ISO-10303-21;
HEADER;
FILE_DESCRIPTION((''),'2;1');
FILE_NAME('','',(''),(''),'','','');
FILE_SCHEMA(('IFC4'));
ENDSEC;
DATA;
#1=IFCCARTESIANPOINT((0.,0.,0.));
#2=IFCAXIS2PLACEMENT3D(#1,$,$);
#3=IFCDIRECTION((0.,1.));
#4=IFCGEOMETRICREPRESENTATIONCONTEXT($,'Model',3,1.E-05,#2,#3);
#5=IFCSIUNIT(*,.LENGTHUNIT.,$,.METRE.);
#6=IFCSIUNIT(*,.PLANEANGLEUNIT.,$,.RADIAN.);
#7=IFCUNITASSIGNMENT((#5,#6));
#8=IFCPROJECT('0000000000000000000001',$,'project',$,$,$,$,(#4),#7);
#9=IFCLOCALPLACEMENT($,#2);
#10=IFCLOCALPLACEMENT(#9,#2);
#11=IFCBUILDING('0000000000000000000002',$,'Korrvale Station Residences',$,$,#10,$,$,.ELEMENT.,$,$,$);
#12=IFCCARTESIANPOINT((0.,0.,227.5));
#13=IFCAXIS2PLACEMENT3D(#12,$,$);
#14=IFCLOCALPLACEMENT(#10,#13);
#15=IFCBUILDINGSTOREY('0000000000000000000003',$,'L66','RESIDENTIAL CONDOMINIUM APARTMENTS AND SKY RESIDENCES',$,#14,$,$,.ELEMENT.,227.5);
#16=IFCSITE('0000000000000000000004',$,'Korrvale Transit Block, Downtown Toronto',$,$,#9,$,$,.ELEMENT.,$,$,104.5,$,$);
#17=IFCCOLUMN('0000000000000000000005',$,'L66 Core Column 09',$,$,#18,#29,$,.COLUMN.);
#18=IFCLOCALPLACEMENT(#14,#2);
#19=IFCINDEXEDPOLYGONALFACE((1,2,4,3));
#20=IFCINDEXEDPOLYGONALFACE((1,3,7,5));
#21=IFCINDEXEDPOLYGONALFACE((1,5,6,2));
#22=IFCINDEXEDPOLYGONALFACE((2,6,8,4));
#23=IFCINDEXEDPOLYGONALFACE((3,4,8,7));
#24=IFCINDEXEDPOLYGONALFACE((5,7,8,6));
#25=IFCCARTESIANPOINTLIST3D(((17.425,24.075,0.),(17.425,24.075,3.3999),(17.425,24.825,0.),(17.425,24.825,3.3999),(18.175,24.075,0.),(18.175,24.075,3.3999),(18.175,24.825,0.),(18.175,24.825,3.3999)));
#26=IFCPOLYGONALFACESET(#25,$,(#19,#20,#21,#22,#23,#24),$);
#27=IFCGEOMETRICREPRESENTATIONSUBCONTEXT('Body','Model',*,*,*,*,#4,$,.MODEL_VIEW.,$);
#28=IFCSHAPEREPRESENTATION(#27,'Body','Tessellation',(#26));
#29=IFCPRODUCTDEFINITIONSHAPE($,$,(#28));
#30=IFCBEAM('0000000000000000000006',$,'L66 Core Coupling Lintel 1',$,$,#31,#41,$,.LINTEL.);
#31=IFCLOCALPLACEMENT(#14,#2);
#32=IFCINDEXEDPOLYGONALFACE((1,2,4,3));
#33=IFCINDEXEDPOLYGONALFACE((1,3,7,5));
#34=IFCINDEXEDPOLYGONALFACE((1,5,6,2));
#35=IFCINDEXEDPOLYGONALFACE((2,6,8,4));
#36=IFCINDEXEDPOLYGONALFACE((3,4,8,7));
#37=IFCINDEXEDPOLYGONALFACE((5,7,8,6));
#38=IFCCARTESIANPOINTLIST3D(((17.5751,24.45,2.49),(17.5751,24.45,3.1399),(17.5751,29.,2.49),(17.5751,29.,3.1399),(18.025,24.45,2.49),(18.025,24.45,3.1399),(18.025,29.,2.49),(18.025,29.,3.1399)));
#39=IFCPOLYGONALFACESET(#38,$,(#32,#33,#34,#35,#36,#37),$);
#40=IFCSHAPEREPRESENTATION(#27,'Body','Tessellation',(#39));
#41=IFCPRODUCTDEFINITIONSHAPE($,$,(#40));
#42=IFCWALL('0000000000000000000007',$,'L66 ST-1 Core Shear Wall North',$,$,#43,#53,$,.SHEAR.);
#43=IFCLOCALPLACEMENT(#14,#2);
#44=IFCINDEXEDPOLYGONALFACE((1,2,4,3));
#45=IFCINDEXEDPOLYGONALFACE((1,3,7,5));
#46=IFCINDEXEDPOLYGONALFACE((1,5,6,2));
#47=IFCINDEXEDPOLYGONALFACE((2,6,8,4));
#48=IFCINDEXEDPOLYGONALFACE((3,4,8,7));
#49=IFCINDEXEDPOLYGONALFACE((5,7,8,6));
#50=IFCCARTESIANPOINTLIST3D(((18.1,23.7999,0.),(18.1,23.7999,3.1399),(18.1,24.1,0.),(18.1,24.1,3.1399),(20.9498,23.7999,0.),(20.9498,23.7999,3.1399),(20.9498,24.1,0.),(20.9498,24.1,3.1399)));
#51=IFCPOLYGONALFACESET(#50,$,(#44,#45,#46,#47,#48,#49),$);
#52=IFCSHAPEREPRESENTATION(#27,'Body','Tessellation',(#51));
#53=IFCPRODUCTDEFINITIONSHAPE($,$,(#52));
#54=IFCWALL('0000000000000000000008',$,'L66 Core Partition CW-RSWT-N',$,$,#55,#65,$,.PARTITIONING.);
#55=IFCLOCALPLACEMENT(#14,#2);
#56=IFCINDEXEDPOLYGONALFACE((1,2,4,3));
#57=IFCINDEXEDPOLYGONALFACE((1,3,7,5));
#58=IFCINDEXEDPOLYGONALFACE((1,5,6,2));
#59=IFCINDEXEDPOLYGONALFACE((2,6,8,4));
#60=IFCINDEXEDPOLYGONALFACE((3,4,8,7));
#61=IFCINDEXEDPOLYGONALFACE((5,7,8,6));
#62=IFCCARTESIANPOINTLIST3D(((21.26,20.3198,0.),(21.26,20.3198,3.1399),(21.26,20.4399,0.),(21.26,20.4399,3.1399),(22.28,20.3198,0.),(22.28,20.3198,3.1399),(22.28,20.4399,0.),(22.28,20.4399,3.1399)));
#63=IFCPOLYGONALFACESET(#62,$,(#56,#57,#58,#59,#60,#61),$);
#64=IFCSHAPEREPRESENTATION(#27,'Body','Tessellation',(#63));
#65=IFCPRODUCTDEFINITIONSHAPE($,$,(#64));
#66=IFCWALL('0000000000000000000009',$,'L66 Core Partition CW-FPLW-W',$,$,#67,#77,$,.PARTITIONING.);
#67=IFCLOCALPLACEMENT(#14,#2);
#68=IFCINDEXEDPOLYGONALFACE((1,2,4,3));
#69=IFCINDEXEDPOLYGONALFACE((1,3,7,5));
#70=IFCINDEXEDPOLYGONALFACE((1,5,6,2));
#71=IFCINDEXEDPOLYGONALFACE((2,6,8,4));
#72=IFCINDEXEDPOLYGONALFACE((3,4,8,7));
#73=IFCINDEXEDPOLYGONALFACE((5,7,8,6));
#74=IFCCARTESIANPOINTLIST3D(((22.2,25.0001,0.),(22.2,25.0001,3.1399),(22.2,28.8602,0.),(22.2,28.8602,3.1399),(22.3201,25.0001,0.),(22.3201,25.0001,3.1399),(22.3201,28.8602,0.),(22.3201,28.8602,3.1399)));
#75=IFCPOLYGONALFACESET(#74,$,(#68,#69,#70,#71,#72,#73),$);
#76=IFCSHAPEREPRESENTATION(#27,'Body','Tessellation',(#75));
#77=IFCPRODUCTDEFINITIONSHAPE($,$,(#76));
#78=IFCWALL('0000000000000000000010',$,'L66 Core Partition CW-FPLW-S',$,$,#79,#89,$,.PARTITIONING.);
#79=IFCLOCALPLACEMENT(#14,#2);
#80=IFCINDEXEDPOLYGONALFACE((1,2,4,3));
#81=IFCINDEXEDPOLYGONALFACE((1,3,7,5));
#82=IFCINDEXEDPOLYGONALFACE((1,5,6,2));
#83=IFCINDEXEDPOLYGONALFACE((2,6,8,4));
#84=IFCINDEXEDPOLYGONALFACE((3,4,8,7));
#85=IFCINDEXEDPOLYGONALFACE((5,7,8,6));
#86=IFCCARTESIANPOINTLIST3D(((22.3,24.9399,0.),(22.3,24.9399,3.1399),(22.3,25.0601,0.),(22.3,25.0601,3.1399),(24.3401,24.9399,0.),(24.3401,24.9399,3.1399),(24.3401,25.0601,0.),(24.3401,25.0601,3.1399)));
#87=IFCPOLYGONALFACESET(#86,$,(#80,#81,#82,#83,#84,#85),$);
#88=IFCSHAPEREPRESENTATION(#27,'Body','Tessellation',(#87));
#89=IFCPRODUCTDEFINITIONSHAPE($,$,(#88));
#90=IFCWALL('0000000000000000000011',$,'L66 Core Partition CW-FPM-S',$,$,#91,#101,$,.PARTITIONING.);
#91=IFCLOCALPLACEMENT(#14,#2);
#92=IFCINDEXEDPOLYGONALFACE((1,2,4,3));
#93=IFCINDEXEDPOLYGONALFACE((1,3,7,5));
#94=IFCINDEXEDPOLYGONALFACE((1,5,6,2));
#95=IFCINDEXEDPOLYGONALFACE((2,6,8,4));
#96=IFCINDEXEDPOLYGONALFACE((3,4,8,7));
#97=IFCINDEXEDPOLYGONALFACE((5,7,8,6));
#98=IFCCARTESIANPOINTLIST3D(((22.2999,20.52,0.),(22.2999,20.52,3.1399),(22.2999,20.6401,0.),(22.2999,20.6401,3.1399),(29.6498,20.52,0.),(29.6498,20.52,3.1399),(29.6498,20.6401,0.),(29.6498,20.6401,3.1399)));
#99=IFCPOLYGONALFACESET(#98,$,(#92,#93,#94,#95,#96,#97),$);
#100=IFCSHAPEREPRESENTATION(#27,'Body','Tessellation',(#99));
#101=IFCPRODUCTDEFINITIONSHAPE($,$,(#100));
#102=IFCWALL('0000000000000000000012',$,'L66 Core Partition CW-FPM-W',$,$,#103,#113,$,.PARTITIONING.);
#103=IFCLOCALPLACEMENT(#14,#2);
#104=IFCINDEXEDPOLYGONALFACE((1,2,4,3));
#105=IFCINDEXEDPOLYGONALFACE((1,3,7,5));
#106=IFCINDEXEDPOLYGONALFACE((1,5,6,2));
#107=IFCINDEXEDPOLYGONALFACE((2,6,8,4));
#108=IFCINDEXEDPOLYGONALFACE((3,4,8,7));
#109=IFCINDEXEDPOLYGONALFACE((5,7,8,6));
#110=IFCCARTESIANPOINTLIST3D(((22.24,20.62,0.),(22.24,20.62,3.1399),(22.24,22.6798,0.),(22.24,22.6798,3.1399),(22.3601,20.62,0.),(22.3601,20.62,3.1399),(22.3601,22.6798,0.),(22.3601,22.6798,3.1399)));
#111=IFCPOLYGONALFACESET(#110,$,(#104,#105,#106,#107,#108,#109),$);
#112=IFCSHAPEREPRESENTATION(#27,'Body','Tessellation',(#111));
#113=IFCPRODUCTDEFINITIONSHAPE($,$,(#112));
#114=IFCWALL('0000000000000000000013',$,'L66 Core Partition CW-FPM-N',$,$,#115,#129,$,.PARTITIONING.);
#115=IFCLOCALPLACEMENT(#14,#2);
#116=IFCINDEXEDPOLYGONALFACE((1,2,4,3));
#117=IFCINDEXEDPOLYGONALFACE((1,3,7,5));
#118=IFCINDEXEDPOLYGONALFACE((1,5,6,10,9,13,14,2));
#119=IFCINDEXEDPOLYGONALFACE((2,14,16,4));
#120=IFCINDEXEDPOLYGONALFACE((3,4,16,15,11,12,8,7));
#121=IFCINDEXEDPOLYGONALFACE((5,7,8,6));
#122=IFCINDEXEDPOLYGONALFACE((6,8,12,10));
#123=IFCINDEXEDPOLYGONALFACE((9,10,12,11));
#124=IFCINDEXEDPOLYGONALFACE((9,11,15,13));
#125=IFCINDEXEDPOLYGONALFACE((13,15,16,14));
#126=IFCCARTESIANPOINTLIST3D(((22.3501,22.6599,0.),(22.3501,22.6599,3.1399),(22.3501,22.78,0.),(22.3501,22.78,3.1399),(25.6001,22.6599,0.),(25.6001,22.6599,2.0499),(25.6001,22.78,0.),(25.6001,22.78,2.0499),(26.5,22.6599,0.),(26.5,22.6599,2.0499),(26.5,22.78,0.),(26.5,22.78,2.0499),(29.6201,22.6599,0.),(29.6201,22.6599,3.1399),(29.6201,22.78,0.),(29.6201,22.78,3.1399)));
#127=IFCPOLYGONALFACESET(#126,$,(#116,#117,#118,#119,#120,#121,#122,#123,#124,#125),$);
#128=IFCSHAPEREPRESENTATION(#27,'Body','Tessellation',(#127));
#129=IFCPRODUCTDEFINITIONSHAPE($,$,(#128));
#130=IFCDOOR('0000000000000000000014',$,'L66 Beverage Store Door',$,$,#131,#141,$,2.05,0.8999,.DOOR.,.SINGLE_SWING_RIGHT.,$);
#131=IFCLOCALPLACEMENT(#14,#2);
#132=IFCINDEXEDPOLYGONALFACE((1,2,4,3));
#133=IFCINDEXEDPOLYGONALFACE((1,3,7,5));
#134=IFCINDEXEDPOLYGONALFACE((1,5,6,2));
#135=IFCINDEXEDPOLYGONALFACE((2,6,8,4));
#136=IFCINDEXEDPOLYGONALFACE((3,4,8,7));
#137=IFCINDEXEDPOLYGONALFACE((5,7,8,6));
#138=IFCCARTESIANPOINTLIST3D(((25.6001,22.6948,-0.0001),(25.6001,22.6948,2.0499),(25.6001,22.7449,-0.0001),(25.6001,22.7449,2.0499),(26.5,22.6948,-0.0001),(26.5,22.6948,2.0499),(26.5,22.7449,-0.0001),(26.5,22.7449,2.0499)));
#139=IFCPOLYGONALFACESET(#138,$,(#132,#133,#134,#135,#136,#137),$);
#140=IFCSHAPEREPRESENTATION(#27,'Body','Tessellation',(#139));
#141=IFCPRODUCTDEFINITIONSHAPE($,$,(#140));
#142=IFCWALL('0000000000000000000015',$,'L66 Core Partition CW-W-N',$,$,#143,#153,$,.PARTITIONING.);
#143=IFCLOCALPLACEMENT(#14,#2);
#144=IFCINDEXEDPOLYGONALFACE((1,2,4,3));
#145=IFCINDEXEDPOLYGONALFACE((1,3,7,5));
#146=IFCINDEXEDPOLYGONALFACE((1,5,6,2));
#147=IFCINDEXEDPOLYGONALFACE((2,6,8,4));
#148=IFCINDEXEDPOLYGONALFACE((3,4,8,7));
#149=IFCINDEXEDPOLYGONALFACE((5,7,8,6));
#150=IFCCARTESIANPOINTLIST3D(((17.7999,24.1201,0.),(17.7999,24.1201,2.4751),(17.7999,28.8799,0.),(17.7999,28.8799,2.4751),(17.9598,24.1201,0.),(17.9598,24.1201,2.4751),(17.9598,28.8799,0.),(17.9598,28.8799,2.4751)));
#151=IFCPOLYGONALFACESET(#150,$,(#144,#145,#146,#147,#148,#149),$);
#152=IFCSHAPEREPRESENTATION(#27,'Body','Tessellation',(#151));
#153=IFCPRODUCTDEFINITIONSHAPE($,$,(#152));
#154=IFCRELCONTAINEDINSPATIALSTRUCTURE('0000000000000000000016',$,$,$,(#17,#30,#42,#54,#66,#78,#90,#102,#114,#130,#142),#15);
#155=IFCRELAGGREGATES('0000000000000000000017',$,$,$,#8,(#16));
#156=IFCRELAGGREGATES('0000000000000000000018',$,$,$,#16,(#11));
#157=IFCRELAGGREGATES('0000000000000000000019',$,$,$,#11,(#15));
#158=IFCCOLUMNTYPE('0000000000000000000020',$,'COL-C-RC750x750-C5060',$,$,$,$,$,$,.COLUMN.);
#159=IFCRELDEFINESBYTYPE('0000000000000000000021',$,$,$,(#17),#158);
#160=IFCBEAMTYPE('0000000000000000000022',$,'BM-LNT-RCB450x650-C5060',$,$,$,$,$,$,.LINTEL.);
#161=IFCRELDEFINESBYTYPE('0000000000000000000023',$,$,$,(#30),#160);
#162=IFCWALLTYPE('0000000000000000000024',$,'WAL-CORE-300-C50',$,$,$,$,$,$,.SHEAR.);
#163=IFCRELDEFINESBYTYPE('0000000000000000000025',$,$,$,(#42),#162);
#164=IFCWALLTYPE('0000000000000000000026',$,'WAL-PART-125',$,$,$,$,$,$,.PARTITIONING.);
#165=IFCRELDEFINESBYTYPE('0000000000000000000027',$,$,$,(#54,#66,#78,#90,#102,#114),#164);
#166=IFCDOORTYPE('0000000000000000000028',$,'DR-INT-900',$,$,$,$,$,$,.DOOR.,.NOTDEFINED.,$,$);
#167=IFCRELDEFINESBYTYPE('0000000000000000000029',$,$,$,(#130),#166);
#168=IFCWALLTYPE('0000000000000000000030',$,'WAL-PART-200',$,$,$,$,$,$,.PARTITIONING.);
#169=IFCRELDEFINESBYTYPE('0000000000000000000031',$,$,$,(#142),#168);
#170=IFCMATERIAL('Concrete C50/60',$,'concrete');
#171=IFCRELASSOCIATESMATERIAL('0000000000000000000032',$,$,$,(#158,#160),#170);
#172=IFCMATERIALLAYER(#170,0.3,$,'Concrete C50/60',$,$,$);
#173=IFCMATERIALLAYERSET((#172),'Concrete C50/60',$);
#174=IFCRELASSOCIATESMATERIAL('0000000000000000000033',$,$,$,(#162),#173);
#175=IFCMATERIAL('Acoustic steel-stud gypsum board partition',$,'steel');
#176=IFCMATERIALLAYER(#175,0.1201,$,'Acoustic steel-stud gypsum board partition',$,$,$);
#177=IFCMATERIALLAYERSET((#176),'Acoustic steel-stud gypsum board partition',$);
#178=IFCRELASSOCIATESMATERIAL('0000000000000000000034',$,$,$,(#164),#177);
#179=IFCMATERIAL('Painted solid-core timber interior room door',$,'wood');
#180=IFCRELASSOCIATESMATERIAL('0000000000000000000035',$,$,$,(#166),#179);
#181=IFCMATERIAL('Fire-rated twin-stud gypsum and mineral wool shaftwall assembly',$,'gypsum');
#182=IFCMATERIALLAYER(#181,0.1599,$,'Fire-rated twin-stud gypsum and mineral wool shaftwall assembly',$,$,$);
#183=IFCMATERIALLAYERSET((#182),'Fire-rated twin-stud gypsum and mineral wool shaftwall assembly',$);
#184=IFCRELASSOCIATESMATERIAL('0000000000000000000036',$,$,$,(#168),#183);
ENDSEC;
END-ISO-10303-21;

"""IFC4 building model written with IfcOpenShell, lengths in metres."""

from ifc_helpers import new_model, si_unit, direction, frame, frame_2d, origin, origin_2d, place, context, subcontext, project, spatial, rectangle, extrude, material, layer, layer_set, material_profile, profile_set, type_object, element, fill, save


model = new_model("IFC4")

# Units and contexts
model_context = context("Model", 3, precision=1e-05, world=origin(), true_north=direction((0.0, 1.0)))
body_context = subcontext(model_context, "Body", "Model", "MODEL_VIEW")
ifc_project = project(units=[si_unit("LENGTHUNIT", "METRE"), si_unit("PLANEANGLEUNIT", "RADIAN")], contexts=[model_context])

# Site, building, storey
site_placement = place(None, origin())
site = spatial("IfcSite", under=ifc_project, at=site_placement, Name="Korrvale Transit Block, Downtown Toronto", CompositionType="ELEMENT", RefElevation=104.5)
building_placement = place(site_placement, origin())
building = spatial("IfcBuilding", under=site, at=building_placement, Name="Korrvale Station Residences", CompositionType="ELEMENT")
storey_placement = place(building_placement, frame((0.0, 0.0, 227.5)))
storey = spatial("IfcBuildingStorey", under=building, at=storey_placement, Name="L66", Description="RESIDENTIAL CONDOMINIUM APARTMENTS AND SKY RESIDENCES", CompositionType="ELEMENT", Elevation=227.5)

# Column
ifc_material_1 = material(Name="Concrete C50/60", Category="concrete")
ifc_material_profile_1 = material_profile(ifc_material_1, rectangle(XDim=0.75, YDim=0.75, at=origin_2d()), Name="RC750x750")
ifc_profile_set_1 = profile_set([ifc_material_profile_1], Name="Concrete C50/60")
column_type = type_object("IfcColumnType", Name="COL-C-RC750x750-C5060", PredefinedType="COLUMN", material=ifc_profile_set_1)
column_placement = place(storey_placement, frame((17.8, 24.45, 0.0), z_axis=(0.0, 0.0, 1.0), x_axis=(1.0, 0.0, 0.0)))
element("IfcColumn", 1, at=column_placement, inside=storey, type_object=column_type, Name="L66 Core Column 09", PredefinedType="COLUMN", context=body_context, shape_type="SweptSolid", body=[
    extrude(rectangle(XDim=0.75, YDim=0.75, at=origin_2d()), origin(), (0.0, 0.0, 1.0), 3.3999),
])

# Beam
ifc_material_profile_2 = material_profile(ifc_material_1, rectangle(XDim=0.45, YDim=0.6499, at=origin_2d()), Name="RCB450x650")
ifc_profile_set_2 = profile_set([ifc_material_profile_2], Name="Concrete C50/60")
beam_type = type_object("IfcBeamType", Name="BM-LNT-RCB450x650-C5060", PredefinedType="LINTEL", material=ifc_profile_set_2)
beam_placement = place(storey_placement, frame((17.8, 24.45, 2.8149), z_axis=(0.0, 1.0, 0.0), x_axis=(-1.0, 0.0, 0.0)))
element("IfcBeam", 2, at=beam_placement, inside=storey, type_object=beam_type, Name="L66 Core Coupling Lintel 1", PredefinedType="LINTEL", context=body_context, shape_type="SweptSolid", body=[
    extrude(rectangle(XDim=0.45, YDim=0.6499, at=origin_2d()), origin(), (0.0, 0.0, 1.0), 4.55),
])

# Walls
ifc_layer_1 = layer(ifc_material_1, 0.3, Name="Concrete C50/60")
ifc_layer_set_1 = layer_set([ifc_layer_1], Name="Concrete C50/60")
wall_type_1 = type_object("IfcWallType", Name="WAL-CORE-300-C50", PredefinedType="SHEAR", material=ifc_layer_set_1)
wall_1_placement = place(storey_placement, frame((18.1001, 23.95, 0.0), z_axis=(0.0, 0.0, 1.0), x_axis=(1.0, 0.0, 0.0)))
element("IfcWall", 3, at=wall_1_placement, inside=storey, type_object=wall_type_1, Name="L66 ST-1 Core Shear Wall North", PredefinedType="SHEAR", context=body_context, shape_type="SweptSolid", body=[
    extrude(rectangle(XDim=2.8499, YDim=0.3, at=frame_2d((1.4248, 0.0))), origin(), (0.0, 0.0, 1.0), 3.1399),
])
ifc_material_2 = material(Name="Acoustic steel-stud gypsum board partition", Category="steel")
ifc_layer_2 = layer(ifc_material_2, 0.1201, Name="Acoustic steel-stud gypsum board partition")
ifc_layer_set_2 = layer_set([ifc_layer_2], Name="Acoustic steel-stud gypsum board partition")
wall_type_2 = type_object("IfcWallType", Name="WAL-PART-125", PredefinedType="PARTITIONING", material=ifc_layer_set_2)
wall_2_placement = place(storey_placement, frame((22.28, 20.3799, 0.0), z_axis=(0.0, 0.0, 1.0), x_axis=(-1.0, 0.0, 0.0)))
element("IfcWall", 4, at=wall_2_placement, inside=storey, type_object=wall_type_2, Name="L66 Core Partition CW-RSWT-N", PredefinedType="PARTITIONING", context=body_context, shape_type="SweptSolid", body=[
    extrude(rectangle(XDim=1.02, YDim=0.1201, at=frame_2d((0.51, 0.0))), origin(), (0.0, 0.0, 1.0), 3.1399),
])
wall_3_placement = place(storey_placement, frame((22.26, 25.0, 0.0), z_axis=(0.0, 0.0, 1.0), x_axis=(0.0, 1.0, 0.0)))
element("IfcWall", 5, at=wall_3_placement, inside=storey, type_object=wall_type_2, Name="L66 Core Partition CW-FPLW-W", PredefinedType="PARTITIONING", context=body_context, shape_type="SweptSolid", body=[
    extrude(rectangle(XDim=3.8601, YDim=0.1201, at=frame_2d((1.9302, 0.0))), origin(), (0.0, 0.0, 1.0), 3.1399),
])
wall_4_placement = place(storey_placement, frame((22.3, 25.0, 0.0), z_axis=(0.0, 0.0, 1.0), x_axis=(1.0, 0.0, 0.0)))
element("IfcWall", 6, at=wall_4_placement, inside=storey, type_object=wall_type_2, Name="L66 Core Partition CW-FPLW-S", PredefinedType="PARTITIONING", context=body_context, shape_type="SweptSolid", body=[
    extrude(rectangle(XDim=2.04, YDim=0.1201, at=frame_2d((1.02, 0.0))), origin(), (0.0, 0.0, 1.0), 3.1399),
])
wall_5_placement = place(storey_placement, frame((22.3, 20.5801, 0.0), z_axis=(0.0, 0.0, 1.0), x_axis=(1.0, 0.0, 0.0)))
element("IfcWall", 7, at=wall_5_placement, inside=storey, type_object=wall_type_2, Name="L66 Core Partition CW-FPM-S", PredefinedType="PARTITIONING", context=body_context, shape_type="SweptSolid", body=[
    extrude(rectangle(XDim=7.3499, YDim=0.1201, at=frame_2d((3.6748, 0.0))), origin(), (0.0, 0.0, 1.0), 3.1399),
])
wall_6_placement = place(storey_placement, frame((22.3, 20.6201, 0.0), z_axis=(0.0, 0.0, 1.0), x_axis=(0.0, 1.0, 0.0)))
element("IfcWall", 8, at=wall_6_placement, inside=storey, type_object=wall_type_2, Name="L66 Core Partition CW-FPM-W", PredefinedType="PARTITIONING", context=body_context, shape_type="SweptSolid", body=[
    extrude(rectangle(XDim=2.0598, YDim=0.1201, at=frame_2d((1.0298, 0.0))), origin(), (0.0, 0.0, 1.0), 3.1399),
])

# Wall, opening, door
wall_7_placement = place(storey_placement, frame((22.3501, 22.72, 0.0), z_axis=(0.0, 0.0, 1.0), x_axis=(1.0, 0.0, 0.0)))
wall_7 = element("IfcWall", 9, at=wall_7_placement, inside=storey, type_object=wall_type_2, Name="L66 Core Partition CW-FPM-N", PredefinedType="PARTITIONING", context=body_context, shape_type="SweptSolid", body=[
    extrude(rectangle(XDim=7.27, YDim=0.1201, at=frame_2d((3.635, 0.0))), origin(), (0.0, 0.0, 1.0), 3.1399),
])
opening_1_placement = place(wall_7_placement, frame((3.25, 0.0, 0.0)))
opening_1 = element("IfcOpeningElement", 10, at=opening_1_placement, cuts=wall_7, PredefinedType="OPENING", context=body_context, shape_type="SweptSolid", body=[
    extrude(rectangle(XDim=0.8999, YDim=2.05, at=frame_2d((0.45, 1.0249))), frame((0.0, 0.0701, 0.0), z_axis=(0.0, -1.0, 0.0), x_axis=(1.0, 0.0, 0.0)), (0.0, 0.0, 1.0), 0.1401),
])
ifc_material_3 = material(Name="Painted solid-core timber interior room door", Category="wood")
door_type_1 = type_object("IfcDoorType", Name="DR-INT-900", OperationType="NOTDEFINED", PredefinedType="DOOR", material=ifc_material_3)
door_1_placement = place(opening_1_placement, origin())
door_1 = element("IfcDoor", 11, at=door_1_placement, inside=storey, type_object=door_type_1, Name="L66 Beverage Store Door", OperationType="SINGLE_SWING_RIGHT", OverallHeight=2.05, OverallWidth=0.8999, PredefinedType="DOOR", context=body_context, shape_type="SweptSolid", body=[
    extrude(rectangle(XDim=0.8999, YDim=2.05, at=frame_2d((0.45, 1.0249))), frame((0.0, 0.0249, 0.0), z_axis=(0.0, -1.0, 0.0), x_axis=(1.0, 0.0, 0.0)), (0.0, 0.0, 1.0), 0.05),
])
fill(opening_1, door_1)

# Wall
ifc_material_4 = material(Name="Fire-rated twin-stud gypsum and mineral wool shaftwall assembly", Category="gypsum")
ifc_layer_3 = layer(ifc_material_4, 0.1599, Name="Fire-rated twin-stud gypsum and mineral wool shaftwall assembly")
ifc_layer_set_3 = layer_set([ifc_layer_3], Name="Fire-rated twin-stud gypsum and mineral wool shaftwall assembly")
wall_type_3 = type_object("IfcWallType", Name="WAL-PART-200", PredefinedType="PARTITIONING", material=ifc_layer_set_3)
wall_8_placement = place(storey_placement, frame((17.8799, 24.1201, 0.0), z_axis=(0.0, 0.0, 1.0), x_axis=(0.0, 1.0, 0.0)))
element("IfcWall", 12, at=wall_8_placement, inside=storey, type_object=wall_type_3, Name="L66 Core Partition CW-W-N", PredefinedType="PARTITIONING", context=body_context, shape_type="SweptSolid", body=[
    extrude(rectangle(XDim=4.7598, YDim=0.1599, at=frame_2d((2.3799, 0.0))), origin(), (0.0, 0.0, 1.0), 2.4751),
])

save(model, "model.ifc")
